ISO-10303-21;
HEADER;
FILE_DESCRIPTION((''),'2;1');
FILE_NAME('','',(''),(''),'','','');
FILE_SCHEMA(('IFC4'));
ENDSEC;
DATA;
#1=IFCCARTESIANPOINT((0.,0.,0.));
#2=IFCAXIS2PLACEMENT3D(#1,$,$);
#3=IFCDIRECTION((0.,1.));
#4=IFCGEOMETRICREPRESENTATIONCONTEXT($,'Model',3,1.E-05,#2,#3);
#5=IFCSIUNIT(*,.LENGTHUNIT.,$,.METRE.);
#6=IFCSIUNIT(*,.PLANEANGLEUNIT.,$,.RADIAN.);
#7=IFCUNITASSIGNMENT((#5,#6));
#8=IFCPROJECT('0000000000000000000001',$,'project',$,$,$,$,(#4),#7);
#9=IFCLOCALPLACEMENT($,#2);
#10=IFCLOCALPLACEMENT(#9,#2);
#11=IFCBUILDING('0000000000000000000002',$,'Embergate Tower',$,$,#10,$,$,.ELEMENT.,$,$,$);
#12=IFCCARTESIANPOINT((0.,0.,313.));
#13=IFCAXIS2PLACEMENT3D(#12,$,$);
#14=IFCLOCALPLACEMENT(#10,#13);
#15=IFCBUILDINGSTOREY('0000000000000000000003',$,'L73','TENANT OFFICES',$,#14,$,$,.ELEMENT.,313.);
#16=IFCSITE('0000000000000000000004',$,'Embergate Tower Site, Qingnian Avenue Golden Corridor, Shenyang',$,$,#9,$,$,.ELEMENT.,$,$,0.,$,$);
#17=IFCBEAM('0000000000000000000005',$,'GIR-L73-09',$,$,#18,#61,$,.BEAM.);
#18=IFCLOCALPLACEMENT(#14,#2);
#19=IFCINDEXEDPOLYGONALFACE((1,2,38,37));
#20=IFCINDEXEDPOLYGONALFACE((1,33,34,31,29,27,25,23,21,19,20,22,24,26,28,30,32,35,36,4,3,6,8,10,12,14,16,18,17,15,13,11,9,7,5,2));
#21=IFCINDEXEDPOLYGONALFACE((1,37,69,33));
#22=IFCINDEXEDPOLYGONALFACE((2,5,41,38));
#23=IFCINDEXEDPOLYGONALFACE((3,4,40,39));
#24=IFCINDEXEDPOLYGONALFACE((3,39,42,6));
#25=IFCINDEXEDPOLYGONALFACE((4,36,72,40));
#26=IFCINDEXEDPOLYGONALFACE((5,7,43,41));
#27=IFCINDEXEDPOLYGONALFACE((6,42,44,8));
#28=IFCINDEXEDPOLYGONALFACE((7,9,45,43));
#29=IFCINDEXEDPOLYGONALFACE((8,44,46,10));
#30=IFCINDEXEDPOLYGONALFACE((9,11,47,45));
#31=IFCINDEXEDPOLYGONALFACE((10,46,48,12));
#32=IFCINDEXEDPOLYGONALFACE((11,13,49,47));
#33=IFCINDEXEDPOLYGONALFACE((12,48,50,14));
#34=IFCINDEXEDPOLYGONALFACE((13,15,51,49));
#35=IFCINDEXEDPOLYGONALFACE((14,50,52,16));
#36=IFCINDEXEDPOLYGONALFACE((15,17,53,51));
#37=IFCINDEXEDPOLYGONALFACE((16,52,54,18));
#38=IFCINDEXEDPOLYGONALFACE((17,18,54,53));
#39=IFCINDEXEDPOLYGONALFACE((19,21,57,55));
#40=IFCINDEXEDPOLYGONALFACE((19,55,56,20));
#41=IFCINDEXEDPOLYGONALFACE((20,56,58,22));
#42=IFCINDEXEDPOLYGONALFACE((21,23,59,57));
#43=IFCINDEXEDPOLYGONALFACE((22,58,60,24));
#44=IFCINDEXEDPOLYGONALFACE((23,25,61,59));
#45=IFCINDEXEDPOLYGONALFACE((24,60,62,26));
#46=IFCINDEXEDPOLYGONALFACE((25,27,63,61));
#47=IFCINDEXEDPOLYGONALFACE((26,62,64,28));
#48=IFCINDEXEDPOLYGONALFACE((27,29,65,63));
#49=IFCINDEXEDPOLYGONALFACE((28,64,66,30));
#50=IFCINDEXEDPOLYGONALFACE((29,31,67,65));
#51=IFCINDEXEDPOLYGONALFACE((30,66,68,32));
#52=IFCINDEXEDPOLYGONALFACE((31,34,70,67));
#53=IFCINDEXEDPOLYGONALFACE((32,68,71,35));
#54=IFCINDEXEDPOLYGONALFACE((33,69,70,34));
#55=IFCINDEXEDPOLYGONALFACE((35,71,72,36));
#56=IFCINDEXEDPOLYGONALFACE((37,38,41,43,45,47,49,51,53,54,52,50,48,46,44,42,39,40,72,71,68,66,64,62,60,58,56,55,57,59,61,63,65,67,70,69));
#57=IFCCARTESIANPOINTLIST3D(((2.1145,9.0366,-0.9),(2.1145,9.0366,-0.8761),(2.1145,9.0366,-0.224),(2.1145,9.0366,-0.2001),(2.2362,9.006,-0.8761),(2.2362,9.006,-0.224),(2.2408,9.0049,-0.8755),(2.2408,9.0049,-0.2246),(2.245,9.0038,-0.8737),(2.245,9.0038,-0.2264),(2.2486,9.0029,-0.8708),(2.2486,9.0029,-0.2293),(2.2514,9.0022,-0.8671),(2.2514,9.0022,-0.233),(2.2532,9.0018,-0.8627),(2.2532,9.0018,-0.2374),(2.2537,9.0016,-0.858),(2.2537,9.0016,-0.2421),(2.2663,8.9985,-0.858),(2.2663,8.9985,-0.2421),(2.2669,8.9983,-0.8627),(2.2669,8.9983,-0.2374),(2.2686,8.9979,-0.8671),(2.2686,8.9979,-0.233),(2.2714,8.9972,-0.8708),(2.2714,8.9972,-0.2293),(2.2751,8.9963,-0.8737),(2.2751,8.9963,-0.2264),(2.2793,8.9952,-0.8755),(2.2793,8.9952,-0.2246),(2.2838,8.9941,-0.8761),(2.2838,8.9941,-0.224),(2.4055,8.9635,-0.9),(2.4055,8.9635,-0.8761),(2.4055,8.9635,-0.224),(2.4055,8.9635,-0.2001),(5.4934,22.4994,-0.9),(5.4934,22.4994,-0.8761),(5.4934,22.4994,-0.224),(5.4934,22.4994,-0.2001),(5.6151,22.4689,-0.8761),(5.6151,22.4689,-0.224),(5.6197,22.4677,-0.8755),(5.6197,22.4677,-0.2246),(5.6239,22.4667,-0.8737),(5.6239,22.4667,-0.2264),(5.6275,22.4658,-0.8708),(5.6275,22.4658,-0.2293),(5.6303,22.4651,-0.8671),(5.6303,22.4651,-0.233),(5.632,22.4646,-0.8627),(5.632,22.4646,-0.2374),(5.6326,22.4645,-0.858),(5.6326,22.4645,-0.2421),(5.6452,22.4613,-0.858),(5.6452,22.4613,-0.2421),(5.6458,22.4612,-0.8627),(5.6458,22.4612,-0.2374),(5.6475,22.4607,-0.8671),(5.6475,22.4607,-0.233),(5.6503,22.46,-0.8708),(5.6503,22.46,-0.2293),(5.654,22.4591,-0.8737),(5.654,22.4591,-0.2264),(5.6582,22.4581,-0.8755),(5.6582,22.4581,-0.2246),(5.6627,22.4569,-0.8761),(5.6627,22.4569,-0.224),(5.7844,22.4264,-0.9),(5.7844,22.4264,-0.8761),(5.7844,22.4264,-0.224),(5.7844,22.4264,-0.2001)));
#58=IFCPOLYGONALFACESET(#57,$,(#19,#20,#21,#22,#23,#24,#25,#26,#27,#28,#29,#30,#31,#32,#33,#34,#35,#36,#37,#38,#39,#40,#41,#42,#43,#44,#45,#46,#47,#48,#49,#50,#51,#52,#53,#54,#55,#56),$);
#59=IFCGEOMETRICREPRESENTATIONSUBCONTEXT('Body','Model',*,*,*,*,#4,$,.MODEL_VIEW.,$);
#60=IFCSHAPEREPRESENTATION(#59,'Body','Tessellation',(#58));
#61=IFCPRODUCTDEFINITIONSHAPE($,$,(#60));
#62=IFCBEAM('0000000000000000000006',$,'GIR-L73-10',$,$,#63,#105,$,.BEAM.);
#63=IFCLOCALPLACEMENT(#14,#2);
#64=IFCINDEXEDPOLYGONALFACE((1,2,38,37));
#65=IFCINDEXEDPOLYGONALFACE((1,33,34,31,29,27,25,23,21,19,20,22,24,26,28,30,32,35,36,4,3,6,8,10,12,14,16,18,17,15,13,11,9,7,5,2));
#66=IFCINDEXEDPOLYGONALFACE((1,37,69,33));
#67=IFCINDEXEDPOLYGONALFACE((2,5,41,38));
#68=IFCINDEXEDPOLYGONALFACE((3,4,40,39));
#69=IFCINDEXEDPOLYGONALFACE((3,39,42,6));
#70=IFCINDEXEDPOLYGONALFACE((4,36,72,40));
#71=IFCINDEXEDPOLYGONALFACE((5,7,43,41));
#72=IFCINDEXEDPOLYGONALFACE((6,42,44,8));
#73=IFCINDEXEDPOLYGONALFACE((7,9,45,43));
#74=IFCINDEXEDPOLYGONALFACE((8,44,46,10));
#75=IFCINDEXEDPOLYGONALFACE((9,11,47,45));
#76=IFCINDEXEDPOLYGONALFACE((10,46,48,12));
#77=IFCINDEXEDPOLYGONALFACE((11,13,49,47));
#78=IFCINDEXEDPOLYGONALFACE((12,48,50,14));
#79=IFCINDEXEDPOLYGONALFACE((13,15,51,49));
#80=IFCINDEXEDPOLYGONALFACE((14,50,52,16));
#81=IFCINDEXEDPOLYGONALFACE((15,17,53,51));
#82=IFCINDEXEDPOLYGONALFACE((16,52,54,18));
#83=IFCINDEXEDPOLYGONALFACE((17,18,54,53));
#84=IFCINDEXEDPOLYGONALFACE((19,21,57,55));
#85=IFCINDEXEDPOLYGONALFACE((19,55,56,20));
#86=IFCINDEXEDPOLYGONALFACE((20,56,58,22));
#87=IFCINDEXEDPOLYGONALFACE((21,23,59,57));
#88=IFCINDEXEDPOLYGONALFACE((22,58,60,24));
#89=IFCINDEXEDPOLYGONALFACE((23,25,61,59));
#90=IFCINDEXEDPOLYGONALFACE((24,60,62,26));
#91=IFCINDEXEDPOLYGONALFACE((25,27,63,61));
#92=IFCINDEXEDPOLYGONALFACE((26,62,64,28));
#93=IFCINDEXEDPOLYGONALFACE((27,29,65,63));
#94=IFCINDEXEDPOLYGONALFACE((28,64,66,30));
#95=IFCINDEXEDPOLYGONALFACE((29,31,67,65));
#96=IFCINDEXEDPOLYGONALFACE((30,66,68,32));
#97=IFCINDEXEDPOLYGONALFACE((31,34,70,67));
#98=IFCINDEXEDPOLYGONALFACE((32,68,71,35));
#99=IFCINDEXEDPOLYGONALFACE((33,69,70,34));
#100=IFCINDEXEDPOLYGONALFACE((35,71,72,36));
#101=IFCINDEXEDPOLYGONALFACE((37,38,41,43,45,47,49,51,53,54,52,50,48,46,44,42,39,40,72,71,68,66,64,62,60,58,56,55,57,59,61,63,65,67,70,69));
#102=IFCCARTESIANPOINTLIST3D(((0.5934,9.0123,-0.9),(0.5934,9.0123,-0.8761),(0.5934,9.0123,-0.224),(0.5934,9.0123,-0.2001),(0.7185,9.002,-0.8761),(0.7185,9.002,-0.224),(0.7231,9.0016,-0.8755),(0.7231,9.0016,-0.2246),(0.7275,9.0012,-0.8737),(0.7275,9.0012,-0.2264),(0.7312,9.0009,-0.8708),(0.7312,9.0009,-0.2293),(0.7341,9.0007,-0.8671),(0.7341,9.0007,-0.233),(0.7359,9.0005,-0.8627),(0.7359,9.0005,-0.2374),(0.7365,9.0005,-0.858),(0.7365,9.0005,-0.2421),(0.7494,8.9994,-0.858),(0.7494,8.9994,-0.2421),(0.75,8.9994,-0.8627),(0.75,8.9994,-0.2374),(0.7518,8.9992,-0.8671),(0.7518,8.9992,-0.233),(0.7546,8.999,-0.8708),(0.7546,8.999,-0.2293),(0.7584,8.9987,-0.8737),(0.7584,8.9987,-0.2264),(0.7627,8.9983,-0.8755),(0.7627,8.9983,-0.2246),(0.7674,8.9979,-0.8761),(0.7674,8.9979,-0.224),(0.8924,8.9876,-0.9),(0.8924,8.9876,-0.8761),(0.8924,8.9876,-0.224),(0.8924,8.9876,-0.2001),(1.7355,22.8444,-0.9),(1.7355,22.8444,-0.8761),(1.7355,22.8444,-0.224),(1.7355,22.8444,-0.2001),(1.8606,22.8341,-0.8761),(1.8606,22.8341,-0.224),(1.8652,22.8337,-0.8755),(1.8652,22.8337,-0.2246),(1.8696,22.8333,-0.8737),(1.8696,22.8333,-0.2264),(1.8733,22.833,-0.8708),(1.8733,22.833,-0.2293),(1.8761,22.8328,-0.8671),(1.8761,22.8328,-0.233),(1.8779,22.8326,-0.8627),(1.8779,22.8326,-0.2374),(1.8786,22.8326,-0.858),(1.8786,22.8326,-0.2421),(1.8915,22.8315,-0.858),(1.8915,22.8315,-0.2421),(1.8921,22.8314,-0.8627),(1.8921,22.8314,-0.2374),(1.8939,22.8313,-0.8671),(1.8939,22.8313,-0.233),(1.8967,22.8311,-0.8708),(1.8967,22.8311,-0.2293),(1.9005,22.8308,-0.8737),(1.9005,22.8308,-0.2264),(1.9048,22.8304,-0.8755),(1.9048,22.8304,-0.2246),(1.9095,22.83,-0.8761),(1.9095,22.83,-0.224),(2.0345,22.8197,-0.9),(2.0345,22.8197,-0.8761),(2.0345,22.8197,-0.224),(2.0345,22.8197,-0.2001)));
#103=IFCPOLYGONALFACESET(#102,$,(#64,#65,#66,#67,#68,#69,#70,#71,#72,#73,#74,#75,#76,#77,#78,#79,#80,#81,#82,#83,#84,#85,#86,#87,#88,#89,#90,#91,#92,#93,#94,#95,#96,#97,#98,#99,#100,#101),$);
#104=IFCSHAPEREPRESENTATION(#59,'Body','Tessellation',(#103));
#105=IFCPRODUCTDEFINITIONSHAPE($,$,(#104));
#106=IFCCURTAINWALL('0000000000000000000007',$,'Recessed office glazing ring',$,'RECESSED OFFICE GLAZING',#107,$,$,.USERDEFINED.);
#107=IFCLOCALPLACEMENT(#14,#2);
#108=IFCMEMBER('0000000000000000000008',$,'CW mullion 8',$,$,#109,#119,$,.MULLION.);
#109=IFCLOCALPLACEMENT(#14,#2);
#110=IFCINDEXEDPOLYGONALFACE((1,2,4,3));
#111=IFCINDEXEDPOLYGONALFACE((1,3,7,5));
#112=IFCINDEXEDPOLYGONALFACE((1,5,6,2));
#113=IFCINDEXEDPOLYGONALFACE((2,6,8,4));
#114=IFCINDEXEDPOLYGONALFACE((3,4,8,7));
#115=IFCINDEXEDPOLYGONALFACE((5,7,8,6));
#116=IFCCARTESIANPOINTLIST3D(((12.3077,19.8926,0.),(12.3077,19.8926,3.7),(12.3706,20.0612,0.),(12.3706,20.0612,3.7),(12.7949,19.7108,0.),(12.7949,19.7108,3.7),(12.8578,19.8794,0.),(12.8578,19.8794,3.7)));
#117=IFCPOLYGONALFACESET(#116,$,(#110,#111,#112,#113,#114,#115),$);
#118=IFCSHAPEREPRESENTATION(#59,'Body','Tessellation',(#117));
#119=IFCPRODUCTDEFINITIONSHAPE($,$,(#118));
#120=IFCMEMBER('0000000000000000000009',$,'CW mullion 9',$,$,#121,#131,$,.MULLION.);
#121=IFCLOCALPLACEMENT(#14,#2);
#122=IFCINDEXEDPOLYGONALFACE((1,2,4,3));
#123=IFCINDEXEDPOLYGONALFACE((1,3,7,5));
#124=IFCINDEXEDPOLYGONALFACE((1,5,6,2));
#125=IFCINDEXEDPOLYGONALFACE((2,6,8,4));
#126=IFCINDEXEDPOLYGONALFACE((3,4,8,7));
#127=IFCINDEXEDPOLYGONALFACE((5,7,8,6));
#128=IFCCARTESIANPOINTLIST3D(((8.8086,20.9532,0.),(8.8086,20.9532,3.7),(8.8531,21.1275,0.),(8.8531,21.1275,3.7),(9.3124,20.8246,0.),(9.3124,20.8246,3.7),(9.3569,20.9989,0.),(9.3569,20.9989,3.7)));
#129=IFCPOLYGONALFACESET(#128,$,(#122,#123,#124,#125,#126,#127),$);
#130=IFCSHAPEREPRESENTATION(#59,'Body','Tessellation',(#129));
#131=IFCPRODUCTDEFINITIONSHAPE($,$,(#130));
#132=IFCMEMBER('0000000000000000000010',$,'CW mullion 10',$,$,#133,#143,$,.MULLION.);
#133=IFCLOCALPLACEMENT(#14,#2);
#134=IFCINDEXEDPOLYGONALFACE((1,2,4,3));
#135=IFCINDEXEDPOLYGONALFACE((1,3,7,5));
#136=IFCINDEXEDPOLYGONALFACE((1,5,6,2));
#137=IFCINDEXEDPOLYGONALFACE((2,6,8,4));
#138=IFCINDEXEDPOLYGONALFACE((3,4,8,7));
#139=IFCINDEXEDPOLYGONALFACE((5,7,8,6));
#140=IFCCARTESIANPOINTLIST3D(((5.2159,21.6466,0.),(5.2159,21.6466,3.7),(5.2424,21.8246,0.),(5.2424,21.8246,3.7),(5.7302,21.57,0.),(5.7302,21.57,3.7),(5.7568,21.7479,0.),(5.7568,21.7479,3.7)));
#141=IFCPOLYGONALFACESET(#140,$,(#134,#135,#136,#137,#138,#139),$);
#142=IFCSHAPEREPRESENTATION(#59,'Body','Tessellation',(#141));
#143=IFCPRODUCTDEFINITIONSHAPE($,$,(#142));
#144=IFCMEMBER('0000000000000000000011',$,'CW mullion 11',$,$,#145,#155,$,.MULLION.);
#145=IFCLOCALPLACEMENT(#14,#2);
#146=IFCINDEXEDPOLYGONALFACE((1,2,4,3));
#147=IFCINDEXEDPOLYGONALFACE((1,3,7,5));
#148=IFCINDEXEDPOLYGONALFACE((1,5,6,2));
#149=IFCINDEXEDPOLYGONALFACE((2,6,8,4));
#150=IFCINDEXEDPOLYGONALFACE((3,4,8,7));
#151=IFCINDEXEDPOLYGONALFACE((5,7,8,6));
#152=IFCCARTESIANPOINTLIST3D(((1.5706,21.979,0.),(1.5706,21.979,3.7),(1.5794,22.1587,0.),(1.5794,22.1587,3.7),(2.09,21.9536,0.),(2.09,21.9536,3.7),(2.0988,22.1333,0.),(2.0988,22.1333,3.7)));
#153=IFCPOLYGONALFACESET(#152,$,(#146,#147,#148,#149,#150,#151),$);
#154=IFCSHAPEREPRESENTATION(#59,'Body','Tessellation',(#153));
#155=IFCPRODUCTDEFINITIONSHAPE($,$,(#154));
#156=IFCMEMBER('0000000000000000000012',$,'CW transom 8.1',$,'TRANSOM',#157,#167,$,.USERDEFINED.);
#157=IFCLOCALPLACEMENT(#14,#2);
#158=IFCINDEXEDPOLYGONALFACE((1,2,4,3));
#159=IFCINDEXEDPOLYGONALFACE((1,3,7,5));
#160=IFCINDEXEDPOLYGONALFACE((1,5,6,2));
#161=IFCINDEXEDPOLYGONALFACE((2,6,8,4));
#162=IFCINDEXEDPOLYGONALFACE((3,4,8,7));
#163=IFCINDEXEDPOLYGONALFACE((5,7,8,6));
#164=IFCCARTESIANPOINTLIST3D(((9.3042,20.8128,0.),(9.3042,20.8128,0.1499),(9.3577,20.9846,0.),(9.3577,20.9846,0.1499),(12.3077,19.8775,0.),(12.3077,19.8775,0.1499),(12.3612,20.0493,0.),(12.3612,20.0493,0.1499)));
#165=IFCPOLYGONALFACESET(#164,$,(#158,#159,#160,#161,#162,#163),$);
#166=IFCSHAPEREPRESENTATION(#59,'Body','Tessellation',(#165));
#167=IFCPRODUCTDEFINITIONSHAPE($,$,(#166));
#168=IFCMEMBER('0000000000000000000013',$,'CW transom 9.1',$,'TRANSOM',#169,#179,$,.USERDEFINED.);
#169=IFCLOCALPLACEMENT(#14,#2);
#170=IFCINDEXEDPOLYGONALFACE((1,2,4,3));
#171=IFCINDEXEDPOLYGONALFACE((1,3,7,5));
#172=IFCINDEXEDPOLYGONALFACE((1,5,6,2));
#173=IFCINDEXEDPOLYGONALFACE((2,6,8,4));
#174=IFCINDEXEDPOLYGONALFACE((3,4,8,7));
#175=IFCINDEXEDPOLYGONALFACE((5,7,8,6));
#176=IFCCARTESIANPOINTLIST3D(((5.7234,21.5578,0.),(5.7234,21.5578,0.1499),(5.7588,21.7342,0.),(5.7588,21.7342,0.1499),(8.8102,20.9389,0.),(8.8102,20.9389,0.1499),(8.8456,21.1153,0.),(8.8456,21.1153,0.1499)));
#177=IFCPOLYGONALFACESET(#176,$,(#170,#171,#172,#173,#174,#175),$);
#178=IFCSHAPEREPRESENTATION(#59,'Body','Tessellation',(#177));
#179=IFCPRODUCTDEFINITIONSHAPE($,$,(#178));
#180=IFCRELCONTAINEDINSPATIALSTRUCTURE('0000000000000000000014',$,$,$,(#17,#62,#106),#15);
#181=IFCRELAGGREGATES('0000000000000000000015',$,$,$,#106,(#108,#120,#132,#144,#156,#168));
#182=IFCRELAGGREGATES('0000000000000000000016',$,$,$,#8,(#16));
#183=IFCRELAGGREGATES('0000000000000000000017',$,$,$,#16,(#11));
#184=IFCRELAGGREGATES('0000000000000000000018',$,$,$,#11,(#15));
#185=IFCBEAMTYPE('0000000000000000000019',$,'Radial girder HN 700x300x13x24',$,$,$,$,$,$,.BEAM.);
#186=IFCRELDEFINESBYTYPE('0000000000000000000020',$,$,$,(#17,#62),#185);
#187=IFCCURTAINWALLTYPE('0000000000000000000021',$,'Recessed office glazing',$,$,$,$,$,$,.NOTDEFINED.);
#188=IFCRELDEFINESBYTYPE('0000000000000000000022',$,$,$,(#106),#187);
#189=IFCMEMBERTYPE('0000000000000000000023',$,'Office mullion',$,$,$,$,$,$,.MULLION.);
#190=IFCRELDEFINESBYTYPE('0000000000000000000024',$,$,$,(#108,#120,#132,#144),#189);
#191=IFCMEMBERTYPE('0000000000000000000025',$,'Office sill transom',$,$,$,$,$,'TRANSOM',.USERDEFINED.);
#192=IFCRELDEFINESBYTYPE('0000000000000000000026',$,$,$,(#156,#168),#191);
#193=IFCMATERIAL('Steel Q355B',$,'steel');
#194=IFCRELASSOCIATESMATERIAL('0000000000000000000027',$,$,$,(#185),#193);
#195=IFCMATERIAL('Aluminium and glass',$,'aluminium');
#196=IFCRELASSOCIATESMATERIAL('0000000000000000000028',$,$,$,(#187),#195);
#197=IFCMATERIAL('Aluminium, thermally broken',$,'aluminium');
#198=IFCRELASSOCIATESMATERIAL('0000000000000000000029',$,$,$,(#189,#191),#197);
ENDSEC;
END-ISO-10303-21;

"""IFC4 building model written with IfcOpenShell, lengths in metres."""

from ifc_helpers import new_model, si_unit, direction, frame, origin, origin_2d, place, context, subcontext, project, spatial, rectangle, i_section, extrude, source, transform, mapped, material, material_profile, profile_set, type_object, element, aggregate, save


model = new_model("IFC4")

# Units and contexts
model_context = context("Model", 3, precision=1e-05, world=origin(), true_north=direction((0.0, 1.0)))
body_context = subcontext(model_context, "Body", "Model", "MODEL_VIEW")
ifc_project = project(units=[si_unit("LENGTHUNIT", "METRE"), si_unit("PLANEANGLEUNIT", "RADIAN")], contexts=[model_context])

# Site, building, storey
site_placement = place(None, origin())
site = spatial("IfcSite", under=ifc_project, at=site_placement, Name="Embergate Tower Site, Qingnian Avenue Golden Corridor, Shenyang", CompositionType="ELEMENT", RefElevation=0.0)
building_placement = place(site_placement, origin())
building = spatial("IfcBuilding", under=site, at=building_placement, Name="Embergate Tower", CompositionType="ELEMENT")
storey_placement = place(building_placement, frame((0.0, 0.0, 313.0)))
storey = spatial("IfcBuildingStorey", under=building, at=storey_placement, Name="L73", Description="TENANT OFFICES", CompositionType="ELEMENT", Elevation=313.0)

# Beams
ifc_material_1 = material(Name="Steel Q355B", Category="steel")
ifc_material_profile_1 = material_profile(ifc_material_1, i_section(OverallWidth=0.3, OverallDepth=0.7, WebThickness=0.0129, FlangeThickness=0.0239, FilletRadius=0.0181, at=origin_2d()), Name="HN 700x300x13x24")
ifc_profile_set_1 = profile_set([ifc_material_profile_1], Name="Steel Q355 grade B")
beam_type_1 = type_object("IfcBeamType", Name="Radial girder HN 700x300x13x24", PredefinedType="BEAM", material=ifc_profile_set_1)
shared_shape_1 = source(origin(), body_context, "Body", "SweptSolid", [
    extrude(i_section(OverallWidth=0.3, OverallDepth=0.7, WebThickness=0.0129, FlangeThickness=0.0239, FilletRadius=0.0181, at=origin_2d()), origin(), (0.0, 0.0, 1.0), 13.8804),
])
beam_1_placement = place(storey_placement, frame((5.6389, 22.4629, -0.55), z_axis=(-0.243429, -0.969919, 0.0), x_axis=(0.969919, -0.243429, 0.0)))
element("IfcBeam", 1, at=beam_1_placement, inside=storey, type_object=beam_type_1, Name="GIR-L73-09", PredefinedType="BEAM", context=body_context, shape_type="MappedRepresentation", body=[
    mapped(shared_shape_1, transform((0.0, 0.0, 0.0))),
])
shared_shape_2 = source(origin(), body_context, "Body", "SweptSolid", [
    extrude(i_section(OverallWidth=0.3, OverallDepth=0.7, WebThickness=0.0129, FlangeThickness=0.0239, FilletRadius=0.0181, at=origin_2d()), origin(), (0.0, 0.0, 1.0), 13.8792),
])
beam_2_placement = place(storey_placement, frame((1.885, 22.832, -0.55), z_axis=(-0.082288, -0.996609, 0.0), x_axis=(0.996609, -0.082288, 0.0)))
element("IfcBeam", 2, at=beam_2_placement, inside=storey, type_object=beam_type_1, Name="GIR-L73-10", PredefinedType="BEAM", context=body_context, shape_type="MappedRepresentation", body=[
    mapped(shared_shape_2, transform((0.0, 0.0, 0.0))),
])

# Curtain wall, members
ifc_material_2 = material(Name="Aluminium and glass", Category="aluminium")
curtain_wall_type = type_object("IfcCurtainWallType", Name="Recessed office glazing", PredefinedType="NOTDEFINED", material=ifc_material_2)
curtain_wall_placement = place(storey_placement, origin())
curtain_wall = element("IfcCurtainWall", 3, at=curtain_wall_placement, inside=storey, type_object=curtain_wall_type, Name="Recessed office glazing ring", ObjectType="RECESSED OFFICE GLAZING", PredefinedType="USERDEFINED")
ifc_material_3 = material(Name="Aluminium, thermally broken", Category="aluminium")
ifc_material_profile_2 = material_profile(ifc_material_3, rectangle(XDim=0.1799, YDim=0.52, at=origin_2d()), Name="AL 520x180")
ifc_profile_set_2 = profile_set([ifc_material_profile_2], Name="Aluminium, thermally broken")
member_type_1 = type_object("IfcMemberType", Name="Office mullion", PredefinedType="MULLION", material=ifc_profile_set_2)
shared_shape_3 = source(origin(), body_context, "Body", "SweptSolid", [
    extrude(rectangle(XDim=0.1799, YDim=0.52, at=origin_2d()), origin(), (0.0, 0.0, 1.0), 3.7),
])
member_1_placement = place(storey_placement, frame((12.5828, 19.886, 0.0), z_axis=(0.0, 0.0, 1.0), x_axis=(-0.349501, -0.936936, 0.0)))
member_1 = element("IfcMember", 4, at=member_1_placement, type_object=member_type_1, Name="CW mullion 8", PredefinedType="MULLION", context=body_context, shape_type="MappedRepresentation", body=[
    mapped(shared_shape_3, transform((0.0, 0.0, 0.0))),
])
member_2_placement = place(storey_placement, frame((9.0828, 20.9761, 0.0), z_axis=(0.0, 0.0, 1.0), x_axis=(-0.24731, -0.968936, 0.0)))
member_2 = element("IfcMember", 5, at=member_2_placement, type_object=member_type_1, Name="CW mullion 9", PredefinedType="MULLION", context=body_context, shape_type="MappedRepresentation", body=[
    mapped(shared_shape_3, transform((0.0, 0.0, 0.0))),
])
member_3_placement = place(storey_placement, frame((5.4863, 21.6973, 0.0), z_axis=(0.0, 0.0, 1.0), x_axis=(-0.147411, -0.989075, 0.0)))
member_3 = element("IfcMember", 6, at=member_3_placement, type_object=member_type_1, Name="CW mullion 10", PredefinedType="MULLION", context=body_context, shape_type="MappedRepresentation", body=[
    mapped(shared_shape_3, transform((0.0, 0.0, 0.0))),
])
member_4_placement = place(storey_placement, frame((1.8347, 22.0562, 0.0), z_axis=(0.0, 0.0, 1.0), x_axis=(-0.048972, -0.9988, 0.0)))
member_4 = element("IfcMember", 7, at=member_4_placement, type_object=member_type_1, Name="CW mullion 11", PredefinedType="MULLION", context=body_context, shape_type="MappedRepresentation", body=[
    mapped(shared_shape_3, transform((0.0, 0.0, 0.0))),
])
ifc_material_profile_3 = material_profile(ifc_material_3, rectangle(XDim=0.1799, YDim=0.1499, at=origin_2d()), Name="AL 150x180")
ifc_profile_set_3 = profile_set([ifc_material_profile_3], Name="Aluminium, thermally broken")
member_type_2 = type_object("IfcMemberType", Name="Office sill transom", ElementType="TRANSOM", PredefinedType="USERDEFINED", material=ifc_profile_set_3)
shared_shape_4 = source(origin(), body_context, "Body", "SweptSolid", [
    extrude(rectangle(XDim=0.1799, YDim=0.1499, at=origin_2d()), origin(), (0.0, 0.0, 1.0), 3.1458),
])
member_5_placement = place(storey_placement, frame((12.3345, 19.9634, 0.075), z_axis=(-0.954775, 0.297329, 0.0), x_axis=(-0.297329, -0.954775, 0.0)))
member_5 = element("IfcMember", 8, at=member_5_placement, type_object=member_type_2, Name="CW transom 8.1", ObjectType="TRANSOM", PredefinedType="USERDEFINED", context=body_context, shape_type="MappedRepresentation", body=[
    mapped(shared_shape_4, transform((0.0, 0.0, 0.0))),
])
shared_shape_5 = source(origin(), body_context, "Body", "SweptSolid", [
    extrude(rectangle(XDim=0.1799, YDim=0.1499, at=origin_2d()), origin(), (0.0, 0.0, 1.0), 3.1482),
])
member_6_placement = place(storey_placement, frame((8.8279, 21.0271, 0.075), z_axis=(-0.980485, 0.196593, 0.0), x_axis=(-0.196593, -0.980485, 0.0)))
member_6 = element("IfcMember", 9, at=member_6_placement, type_object=member_type_2, Name="CW transom 9.1", ObjectType="TRANSOM", PredefinedType="USERDEFINED", context=body_context, shape_type="MappedRepresentation", body=[
    mapped(shared_shape_5, transform((0.0, 0.0, 0.0))),
])
aggregate(curtain_wall, [member_1, member_2, member_3, member_4, member_5, member_6])

save(model, "model.ifc")
